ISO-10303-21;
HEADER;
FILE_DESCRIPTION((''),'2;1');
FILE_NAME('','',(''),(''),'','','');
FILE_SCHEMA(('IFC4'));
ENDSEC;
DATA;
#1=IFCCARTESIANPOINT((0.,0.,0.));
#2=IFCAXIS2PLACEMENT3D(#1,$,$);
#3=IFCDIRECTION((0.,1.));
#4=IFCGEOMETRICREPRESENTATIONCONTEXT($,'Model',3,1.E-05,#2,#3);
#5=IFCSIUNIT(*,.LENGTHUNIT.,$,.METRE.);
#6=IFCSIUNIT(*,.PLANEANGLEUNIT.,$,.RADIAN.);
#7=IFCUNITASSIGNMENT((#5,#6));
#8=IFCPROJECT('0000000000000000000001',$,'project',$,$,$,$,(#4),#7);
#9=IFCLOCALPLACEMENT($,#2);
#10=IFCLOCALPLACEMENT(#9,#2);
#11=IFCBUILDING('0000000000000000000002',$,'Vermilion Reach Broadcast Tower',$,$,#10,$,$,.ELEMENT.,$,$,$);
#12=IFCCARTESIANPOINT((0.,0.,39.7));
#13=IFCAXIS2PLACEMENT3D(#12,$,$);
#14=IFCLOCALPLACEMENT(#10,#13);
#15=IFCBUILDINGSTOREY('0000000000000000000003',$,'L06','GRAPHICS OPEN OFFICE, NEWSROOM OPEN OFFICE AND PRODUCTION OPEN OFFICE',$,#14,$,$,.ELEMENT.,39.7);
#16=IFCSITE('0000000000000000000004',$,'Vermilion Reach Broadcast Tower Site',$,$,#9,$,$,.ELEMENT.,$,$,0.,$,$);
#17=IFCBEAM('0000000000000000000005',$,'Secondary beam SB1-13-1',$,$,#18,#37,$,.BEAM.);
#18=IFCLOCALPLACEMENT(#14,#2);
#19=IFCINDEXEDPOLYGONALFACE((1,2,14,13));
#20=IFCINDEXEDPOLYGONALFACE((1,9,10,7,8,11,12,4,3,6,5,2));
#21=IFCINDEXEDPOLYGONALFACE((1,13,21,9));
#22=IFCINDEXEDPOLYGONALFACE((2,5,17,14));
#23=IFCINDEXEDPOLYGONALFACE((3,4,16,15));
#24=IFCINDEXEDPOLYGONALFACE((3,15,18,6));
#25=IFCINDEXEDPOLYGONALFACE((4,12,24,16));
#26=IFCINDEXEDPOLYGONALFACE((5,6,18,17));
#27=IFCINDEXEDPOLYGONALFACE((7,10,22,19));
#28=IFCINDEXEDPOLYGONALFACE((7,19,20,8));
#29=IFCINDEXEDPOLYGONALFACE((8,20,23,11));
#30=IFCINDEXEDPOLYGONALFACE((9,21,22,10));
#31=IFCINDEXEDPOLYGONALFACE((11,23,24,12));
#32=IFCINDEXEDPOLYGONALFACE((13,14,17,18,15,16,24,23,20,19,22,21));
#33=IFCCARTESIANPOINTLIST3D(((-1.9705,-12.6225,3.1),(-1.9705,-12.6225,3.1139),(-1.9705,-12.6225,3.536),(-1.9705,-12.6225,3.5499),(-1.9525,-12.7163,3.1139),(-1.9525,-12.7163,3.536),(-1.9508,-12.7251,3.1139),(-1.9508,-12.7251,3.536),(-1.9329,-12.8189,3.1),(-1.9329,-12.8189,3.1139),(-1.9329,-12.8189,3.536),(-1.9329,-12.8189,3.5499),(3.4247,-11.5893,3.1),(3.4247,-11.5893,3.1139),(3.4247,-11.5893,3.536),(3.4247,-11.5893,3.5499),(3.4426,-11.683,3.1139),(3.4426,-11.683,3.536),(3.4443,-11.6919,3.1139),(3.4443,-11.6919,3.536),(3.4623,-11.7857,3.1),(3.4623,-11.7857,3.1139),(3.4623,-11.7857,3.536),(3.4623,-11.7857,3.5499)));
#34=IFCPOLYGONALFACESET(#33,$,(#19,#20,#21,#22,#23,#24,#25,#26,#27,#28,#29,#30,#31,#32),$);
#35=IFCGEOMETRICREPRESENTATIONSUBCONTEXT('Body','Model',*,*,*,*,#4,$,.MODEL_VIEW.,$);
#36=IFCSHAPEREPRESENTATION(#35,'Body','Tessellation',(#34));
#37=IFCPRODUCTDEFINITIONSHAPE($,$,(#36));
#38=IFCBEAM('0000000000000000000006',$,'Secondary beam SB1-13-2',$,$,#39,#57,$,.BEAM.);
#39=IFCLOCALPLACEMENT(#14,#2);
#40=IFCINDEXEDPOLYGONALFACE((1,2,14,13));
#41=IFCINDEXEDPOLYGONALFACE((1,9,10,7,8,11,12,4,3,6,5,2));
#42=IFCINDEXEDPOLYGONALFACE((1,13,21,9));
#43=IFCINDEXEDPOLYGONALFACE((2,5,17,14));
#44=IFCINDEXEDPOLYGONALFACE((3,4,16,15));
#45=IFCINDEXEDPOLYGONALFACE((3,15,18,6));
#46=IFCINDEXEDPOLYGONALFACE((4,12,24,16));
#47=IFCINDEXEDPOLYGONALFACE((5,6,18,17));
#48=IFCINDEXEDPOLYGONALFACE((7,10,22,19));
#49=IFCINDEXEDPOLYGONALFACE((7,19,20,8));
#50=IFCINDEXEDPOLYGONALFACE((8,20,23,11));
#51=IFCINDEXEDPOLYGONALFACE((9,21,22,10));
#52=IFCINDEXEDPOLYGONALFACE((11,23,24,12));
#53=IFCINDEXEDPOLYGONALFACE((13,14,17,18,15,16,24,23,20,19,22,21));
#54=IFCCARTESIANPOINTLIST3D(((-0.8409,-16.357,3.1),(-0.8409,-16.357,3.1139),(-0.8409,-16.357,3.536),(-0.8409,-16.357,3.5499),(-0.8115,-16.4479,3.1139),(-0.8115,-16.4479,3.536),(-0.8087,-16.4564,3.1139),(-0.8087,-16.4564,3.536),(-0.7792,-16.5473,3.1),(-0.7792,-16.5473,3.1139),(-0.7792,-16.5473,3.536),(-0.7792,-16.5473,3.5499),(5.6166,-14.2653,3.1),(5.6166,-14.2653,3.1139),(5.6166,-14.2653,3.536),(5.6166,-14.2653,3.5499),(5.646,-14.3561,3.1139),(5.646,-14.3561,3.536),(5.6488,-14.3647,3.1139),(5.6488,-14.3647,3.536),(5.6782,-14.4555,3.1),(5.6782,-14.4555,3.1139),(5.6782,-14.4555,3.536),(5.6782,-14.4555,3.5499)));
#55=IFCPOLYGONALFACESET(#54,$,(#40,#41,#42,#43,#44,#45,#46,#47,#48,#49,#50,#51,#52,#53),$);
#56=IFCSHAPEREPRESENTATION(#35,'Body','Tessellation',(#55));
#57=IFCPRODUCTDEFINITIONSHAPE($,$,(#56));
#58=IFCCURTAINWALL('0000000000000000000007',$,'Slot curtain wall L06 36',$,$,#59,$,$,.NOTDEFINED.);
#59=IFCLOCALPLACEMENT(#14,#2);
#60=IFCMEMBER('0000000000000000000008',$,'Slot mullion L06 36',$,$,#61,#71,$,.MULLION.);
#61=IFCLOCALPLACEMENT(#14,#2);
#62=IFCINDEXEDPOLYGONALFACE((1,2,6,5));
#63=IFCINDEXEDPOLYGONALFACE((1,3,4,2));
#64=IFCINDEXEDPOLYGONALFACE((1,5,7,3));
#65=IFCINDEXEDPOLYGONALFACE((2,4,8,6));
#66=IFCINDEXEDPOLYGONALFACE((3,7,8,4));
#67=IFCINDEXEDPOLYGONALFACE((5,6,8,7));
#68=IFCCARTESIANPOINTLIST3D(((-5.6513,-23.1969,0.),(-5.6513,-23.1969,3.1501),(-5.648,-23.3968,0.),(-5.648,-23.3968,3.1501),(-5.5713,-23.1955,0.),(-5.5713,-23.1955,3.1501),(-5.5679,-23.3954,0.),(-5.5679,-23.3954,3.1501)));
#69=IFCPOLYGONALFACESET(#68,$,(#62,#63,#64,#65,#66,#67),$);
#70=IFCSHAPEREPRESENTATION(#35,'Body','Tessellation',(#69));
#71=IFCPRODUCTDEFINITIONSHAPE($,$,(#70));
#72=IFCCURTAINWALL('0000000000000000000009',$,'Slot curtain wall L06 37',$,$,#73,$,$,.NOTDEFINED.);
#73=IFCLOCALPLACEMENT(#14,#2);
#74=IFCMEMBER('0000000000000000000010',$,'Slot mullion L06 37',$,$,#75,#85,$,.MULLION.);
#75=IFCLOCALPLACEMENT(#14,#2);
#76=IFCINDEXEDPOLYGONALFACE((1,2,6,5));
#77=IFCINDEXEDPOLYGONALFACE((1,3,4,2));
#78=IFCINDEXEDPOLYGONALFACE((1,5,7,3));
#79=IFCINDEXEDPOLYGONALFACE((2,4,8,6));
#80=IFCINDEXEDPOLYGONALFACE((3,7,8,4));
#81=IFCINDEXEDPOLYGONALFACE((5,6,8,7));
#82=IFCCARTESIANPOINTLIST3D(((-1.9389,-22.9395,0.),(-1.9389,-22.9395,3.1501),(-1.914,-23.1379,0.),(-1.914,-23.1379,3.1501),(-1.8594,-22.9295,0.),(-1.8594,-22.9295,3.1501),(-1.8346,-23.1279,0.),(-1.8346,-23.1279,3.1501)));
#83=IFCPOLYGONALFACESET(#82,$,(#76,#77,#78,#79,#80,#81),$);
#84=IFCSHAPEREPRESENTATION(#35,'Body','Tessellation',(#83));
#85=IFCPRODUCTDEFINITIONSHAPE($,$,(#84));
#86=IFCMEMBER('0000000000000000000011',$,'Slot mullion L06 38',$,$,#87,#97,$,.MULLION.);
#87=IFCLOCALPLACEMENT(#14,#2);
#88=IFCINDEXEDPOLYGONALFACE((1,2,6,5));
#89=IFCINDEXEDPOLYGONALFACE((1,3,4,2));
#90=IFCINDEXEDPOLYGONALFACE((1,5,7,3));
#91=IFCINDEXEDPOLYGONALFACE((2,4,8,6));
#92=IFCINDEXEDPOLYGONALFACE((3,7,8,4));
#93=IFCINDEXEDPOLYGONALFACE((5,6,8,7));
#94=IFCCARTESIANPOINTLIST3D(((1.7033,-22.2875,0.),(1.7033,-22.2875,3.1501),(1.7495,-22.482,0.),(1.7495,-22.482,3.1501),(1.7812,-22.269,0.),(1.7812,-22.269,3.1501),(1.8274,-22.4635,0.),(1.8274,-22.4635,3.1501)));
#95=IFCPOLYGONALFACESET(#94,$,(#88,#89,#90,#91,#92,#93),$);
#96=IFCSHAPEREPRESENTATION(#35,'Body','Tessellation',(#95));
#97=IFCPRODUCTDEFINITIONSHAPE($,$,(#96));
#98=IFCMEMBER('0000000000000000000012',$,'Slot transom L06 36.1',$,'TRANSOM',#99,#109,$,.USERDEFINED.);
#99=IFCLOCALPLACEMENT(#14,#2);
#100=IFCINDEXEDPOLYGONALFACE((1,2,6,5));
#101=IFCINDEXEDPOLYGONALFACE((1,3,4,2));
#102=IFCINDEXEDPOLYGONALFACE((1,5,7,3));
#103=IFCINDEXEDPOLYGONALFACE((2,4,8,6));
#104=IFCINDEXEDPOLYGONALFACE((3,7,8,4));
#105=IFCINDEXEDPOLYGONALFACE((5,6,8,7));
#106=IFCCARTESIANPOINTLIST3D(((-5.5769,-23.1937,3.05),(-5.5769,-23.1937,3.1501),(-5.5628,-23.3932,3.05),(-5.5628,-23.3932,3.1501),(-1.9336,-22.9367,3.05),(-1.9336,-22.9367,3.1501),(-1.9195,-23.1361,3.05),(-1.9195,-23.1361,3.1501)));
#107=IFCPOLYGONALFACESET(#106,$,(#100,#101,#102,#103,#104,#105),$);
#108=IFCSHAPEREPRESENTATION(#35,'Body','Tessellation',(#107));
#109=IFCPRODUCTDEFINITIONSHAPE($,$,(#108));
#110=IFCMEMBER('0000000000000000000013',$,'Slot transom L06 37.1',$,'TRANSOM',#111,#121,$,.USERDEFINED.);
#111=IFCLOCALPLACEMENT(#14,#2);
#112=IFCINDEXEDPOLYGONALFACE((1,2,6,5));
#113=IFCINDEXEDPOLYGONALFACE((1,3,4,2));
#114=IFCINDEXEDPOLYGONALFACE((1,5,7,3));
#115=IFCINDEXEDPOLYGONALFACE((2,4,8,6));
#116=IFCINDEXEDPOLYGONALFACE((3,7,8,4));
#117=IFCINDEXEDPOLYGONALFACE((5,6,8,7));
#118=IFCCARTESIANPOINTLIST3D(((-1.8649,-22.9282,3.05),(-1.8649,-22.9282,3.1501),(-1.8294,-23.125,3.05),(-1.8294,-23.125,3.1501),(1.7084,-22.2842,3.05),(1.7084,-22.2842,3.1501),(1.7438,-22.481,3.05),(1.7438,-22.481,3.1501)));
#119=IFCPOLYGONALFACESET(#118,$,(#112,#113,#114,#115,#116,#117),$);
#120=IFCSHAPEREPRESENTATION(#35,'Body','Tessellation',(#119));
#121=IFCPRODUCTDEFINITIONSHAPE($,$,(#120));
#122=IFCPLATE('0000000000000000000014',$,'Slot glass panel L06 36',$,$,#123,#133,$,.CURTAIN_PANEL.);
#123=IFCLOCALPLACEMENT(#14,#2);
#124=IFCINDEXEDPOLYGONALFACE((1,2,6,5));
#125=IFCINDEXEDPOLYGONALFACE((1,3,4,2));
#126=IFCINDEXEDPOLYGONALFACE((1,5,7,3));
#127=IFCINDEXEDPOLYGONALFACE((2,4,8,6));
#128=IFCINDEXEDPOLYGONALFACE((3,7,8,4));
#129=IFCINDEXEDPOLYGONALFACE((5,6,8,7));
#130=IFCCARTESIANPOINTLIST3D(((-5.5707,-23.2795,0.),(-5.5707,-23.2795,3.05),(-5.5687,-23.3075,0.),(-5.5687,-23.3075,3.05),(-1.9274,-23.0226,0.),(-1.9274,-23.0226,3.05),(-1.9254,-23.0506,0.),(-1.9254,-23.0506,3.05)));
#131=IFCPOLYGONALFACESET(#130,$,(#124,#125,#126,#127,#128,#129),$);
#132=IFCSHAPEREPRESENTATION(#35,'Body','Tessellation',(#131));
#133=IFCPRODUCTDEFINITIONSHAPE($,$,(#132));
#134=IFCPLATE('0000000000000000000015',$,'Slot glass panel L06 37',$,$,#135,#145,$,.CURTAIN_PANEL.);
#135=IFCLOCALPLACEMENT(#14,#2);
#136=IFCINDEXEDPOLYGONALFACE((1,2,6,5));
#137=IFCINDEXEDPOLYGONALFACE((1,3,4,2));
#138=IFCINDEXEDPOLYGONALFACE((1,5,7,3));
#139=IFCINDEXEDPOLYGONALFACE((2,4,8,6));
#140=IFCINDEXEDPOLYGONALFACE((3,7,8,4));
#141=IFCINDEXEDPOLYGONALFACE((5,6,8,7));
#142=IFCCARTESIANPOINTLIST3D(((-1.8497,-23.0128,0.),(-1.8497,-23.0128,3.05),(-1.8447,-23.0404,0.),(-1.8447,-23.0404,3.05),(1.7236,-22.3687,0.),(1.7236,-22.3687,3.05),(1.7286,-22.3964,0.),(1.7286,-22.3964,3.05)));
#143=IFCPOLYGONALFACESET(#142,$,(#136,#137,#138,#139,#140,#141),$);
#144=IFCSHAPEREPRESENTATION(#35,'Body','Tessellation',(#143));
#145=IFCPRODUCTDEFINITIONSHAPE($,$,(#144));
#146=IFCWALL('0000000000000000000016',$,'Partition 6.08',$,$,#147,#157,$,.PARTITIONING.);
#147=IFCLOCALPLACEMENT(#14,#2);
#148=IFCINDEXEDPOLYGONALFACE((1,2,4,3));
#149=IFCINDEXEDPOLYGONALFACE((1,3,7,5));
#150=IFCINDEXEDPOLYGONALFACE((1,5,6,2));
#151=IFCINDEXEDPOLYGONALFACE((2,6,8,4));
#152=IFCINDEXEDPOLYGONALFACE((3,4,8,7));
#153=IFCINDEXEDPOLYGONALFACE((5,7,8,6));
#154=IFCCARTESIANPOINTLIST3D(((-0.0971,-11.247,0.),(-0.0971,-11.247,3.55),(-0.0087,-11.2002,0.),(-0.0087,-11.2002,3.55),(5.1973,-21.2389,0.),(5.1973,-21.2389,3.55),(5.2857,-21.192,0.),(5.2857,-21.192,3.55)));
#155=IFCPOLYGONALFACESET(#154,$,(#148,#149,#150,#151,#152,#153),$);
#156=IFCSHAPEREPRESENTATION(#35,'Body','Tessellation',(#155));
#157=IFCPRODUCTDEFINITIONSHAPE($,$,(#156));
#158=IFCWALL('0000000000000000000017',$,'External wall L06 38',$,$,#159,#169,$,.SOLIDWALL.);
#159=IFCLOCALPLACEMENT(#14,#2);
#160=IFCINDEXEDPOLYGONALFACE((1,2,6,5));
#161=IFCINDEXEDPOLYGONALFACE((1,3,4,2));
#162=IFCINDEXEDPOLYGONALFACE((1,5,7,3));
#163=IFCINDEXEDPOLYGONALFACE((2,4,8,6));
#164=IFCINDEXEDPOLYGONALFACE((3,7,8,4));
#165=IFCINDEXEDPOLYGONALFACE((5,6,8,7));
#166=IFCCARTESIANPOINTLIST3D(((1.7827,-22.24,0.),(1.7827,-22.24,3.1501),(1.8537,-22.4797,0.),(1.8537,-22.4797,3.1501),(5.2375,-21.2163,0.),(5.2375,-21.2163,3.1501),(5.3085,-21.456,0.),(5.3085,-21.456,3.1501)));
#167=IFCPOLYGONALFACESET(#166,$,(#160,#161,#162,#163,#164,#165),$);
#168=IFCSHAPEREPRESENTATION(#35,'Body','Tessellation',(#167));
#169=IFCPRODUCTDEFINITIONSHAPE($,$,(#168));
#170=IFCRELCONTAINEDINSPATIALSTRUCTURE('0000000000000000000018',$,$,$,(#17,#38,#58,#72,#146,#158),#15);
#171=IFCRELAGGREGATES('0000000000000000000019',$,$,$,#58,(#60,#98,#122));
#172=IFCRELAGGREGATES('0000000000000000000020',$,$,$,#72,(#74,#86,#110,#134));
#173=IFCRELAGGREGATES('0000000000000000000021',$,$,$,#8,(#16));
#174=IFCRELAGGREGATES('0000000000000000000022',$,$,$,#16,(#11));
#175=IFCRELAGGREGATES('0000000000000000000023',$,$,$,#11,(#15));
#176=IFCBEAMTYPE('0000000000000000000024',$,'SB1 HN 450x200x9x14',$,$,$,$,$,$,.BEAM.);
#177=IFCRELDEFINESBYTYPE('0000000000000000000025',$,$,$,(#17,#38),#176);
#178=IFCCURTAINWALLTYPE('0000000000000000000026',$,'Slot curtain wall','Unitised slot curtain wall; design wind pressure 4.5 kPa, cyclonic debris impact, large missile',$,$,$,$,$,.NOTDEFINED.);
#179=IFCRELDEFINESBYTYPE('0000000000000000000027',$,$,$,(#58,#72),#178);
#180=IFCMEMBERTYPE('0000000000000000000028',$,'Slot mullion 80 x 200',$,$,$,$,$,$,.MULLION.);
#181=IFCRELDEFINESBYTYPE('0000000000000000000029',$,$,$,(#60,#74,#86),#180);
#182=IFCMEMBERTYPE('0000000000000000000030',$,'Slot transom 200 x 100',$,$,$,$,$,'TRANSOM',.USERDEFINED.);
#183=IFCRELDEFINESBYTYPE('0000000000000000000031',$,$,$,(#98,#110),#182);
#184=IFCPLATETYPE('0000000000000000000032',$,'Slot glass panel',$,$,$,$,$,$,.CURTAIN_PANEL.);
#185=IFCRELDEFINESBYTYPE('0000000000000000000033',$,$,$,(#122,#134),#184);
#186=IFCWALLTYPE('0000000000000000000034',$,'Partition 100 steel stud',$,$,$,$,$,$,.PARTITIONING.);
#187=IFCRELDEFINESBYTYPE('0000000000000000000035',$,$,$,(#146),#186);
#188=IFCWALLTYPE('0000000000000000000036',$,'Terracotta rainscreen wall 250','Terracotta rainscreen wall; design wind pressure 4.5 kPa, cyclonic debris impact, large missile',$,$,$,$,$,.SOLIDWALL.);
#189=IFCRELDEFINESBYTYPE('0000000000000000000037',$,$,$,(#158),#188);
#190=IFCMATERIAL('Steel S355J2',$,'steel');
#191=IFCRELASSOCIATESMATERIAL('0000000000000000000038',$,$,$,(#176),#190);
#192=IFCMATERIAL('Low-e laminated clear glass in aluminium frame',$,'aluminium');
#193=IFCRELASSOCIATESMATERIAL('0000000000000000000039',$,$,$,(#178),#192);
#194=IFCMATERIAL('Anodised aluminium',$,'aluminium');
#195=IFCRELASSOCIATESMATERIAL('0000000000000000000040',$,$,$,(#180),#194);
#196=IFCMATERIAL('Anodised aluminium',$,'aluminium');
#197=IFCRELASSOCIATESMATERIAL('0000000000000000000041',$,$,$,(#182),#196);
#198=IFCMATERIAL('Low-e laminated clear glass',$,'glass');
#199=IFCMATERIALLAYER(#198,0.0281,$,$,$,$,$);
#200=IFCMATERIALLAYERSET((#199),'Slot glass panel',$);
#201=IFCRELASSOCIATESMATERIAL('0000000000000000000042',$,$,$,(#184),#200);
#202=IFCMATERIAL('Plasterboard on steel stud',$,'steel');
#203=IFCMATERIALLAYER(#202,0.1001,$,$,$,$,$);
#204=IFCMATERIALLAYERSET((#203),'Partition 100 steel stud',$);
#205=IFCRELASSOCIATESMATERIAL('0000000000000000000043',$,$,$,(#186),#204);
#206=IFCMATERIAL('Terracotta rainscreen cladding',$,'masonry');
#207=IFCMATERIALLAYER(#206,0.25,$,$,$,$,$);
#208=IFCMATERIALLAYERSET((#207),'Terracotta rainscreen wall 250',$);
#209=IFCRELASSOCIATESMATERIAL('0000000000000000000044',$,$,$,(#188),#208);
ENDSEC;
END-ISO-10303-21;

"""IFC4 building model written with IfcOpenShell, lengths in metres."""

from ifc_helpers import new_model, si_unit, direction, frame, frame_2d, origin, origin_2d, place, context, subcontext, project, spatial, rectangle, i_section, extrude, material, layer, layer_set, material_profile, profile_set, type_object, element, aggregate, save


model = new_model("IFC4")

# Units and contexts
model_context = context("Model", 3, precision=1e-05, world=origin(), true_north=direction((0.0, 1.0)))
body_context = subcontext(model_context, "Body", "Model", "MODEL_VIEW")
ifc_project = project(units=[si_unit("LENGTHUNIT", "METRE"), si_unit("PLANEANGLEUNIT", "RADIAN")], contexts=[model_context])

# Site, building, storey
site_placement = place(None, origin())
site = spatial("IfcSite", under=ifc_project, at=site_placement, Name="Vermilion Reach Broadcast Tower Site", CompositionType="ELEMENT", RefElevation=0.0)
building_placement = place(site_placement, origin())
building = spatial("IfcBuilding", under=site, at=building_placement, Name="Vermilion Reach Broadcast Tower", CompositionType="ELEMENT")
storey_placement = place(building_placement, frame((0.0, 0.0, 39.7)))
storey = spatial("IfcBuildingStorey", under=building, at=storey_placement, Name="L06", Description="GRAPHICS OPEN OFFICE, NEWSROOM OPEN OFFICE AND PRODUCTION OPEN OFFICE", CompositionType="ELEMENT", Elevation=39.7)

# Beams
ifc_material_1 = material(Name="Steel S355J2", Category="steel")
ifc_material_profile_1 = material_profile(ifc_material_1, i_section(OverallWidth=0.2, OverallDepth=0.45, WebThickness=0.009, FlangeThickness=0.0139, at=origin_2d()), Name="S355J2 HN 450x200x9x14")
ifc_profile_set_1 = profile_set([ifc_material_profile_1], Name="Steel S355J2")
beam_type_1 = type_object("IfcBeamType", Name="SB1 HN 450x200x9x14", PredefinedType="BEAM", material=ifc_profile_set_1)
beam_1_placement = place(storey_placement, frame((-1.9517, -12.7207, 3.325), z_axis=(0.982151, 0.188092, 0.0), x_axis=(-0.188092, 0.982151, 0.0)))
element("IfcBeam", 1, at=beam_1_placement, inside=storey, type_object=beam_type_1, Name="Secondary beam SB1-13-1", PredefinedType="BEAM", context=body_context, shape_type="SweptSolid", body=[
    extrude(i_section(OverallWidth=0.2, OverallDepth=0.45, WebThickness=0.009, FlangeThickness=0.0139, at=origin_2d()), origin(), (0.0, 0.0, 1.0), 5.4932),
])
beam_2_placement = place(storey_placement, frame((-0.8101, -16.4521, 3.325), z_axis=(0.951332, 0.308167, 0.0), x_axis=(-0.308167, 0.951332, 0.0)))
element("IfcBeam", 2, at=beam_2_placement, inside=storey, type_object=beam_type_1, Name="Secondary beam SB1-13-2", PredefinedType="BEAM", context=body_context, shape_type="SweptSolid", body=[
    extrude(i_section(OverallWidth=0.2, OverallDepth=0.45, WebThickness=0.009, FlangeThickness=0.0139, at=origin_2d()), origin(), (0.0, 0.0, 1.0), 6.7878),
])

# Curtain wall, member
ifc_material_2 = material(Name="Low-e laminated clear glass in aluminium frame", Category="aluminium")
curtain_wall_type = type_object("IfcCurtainWallType", Name="Slot curtain wall", Description="Unitised slot curtain wall; design wind pressure 4.5 kPa, cyclonic debris impact, large missile", PredefinedType="NOTDEFINED", material=ifc_material_2)
placement = place(storey_placement, origin())
curtain_wall_1 = element("IfcCurtainWall", 3, at=placement, inside=storey, type_object=curtain_wall_type, Name="Slot curtain wall L06 36", PredefinedType="NOTDEFINED")
ifc_material_3 = material(Name="Anodised aluminium", Category="aluminium")
ifc_material_profile_2 = material_profile(ifc_material_3, rectangle(XDim=0.2, YDim=0.0801, at=origin_2d()), Name="Slot mullion 80 x 200")
ifc_profile_set_2 = profile_set([ifc_material_profile_2], Name="Anodised aluminium")
member_type_1 = type_object("IfcMemberType", Name="Slot mullion 80 x 200", PredefinedType="MULLION", material=ifc_profile_set_2)
member_1_placement = place(storey_placement, frame((-5.6096, -23.2961, 0.0), z_axis=(0.0, 0.0, 1.0), x_axis=(-0.016754, 0.99986, 0.0)))
member_1 = element("IfcMember", 4, at=member_1_placement, type_object=member_type_1, Name="Slot mullion L06 36", PredefinedType="MULLION", context=body_context, shape_type="SweptSolid", body=[
    extrude(rectangle(XDim=0.2, YDim=0.0801, at=origin_2d()), origin(), (0.0, 0.0, 1.0), 3.1501),
])

# Curtain wall, members
curtain_wall_2 = element("IfcCurtainWall", 5, at=placement, inside=storey, type_object=curtain_wall_type, Name="Slot curtain wall L06 37", PredefinedType="NOTDEFINED")
member_2_placement = place(storey_placement, frame((-1.8867, -23.0337, 0.0), z_axis=(0.0, 0.0, 1.0), x_axis=(-0.124051, 0.992276, 0.0)))
member_2 = element("IfcMember", 6, at=member_2_placement, type_object=member_type_1, Name="Slot mullion L06 37", PredefinedType="MULLION", context=body_context, shape_type="SweptSolid", body=[
    extrude(rectangle(XDim=0.2, YDim=0.0801, at=origin_2d()), origin(), (0.0, 0.0, 1.0), 3.1501),
])
member_3_placement = place(storey_placement, frame((1.7654, -22.3755, 0.0), z_axis=(0.0, 0.0, 1.0), x_axis=(-0.231086, 0.972933, 0.0)))
member_3 = element("IfcMember", 7, at=member_3_placement, type_object=member_type_1, Name="Slot mullion L06 38", PredefinedType="MULLION", context=body_context, shape_type="SweptSolid", body=[
    extrude(rectangle(XDim=0.2, YDim=0.0801, at=origin_2d()), origin(), (0.0, 0.0, 1.0), 3.1501),
])

# Members
ifc_material_4 = material(Name="Anodised aluminium", Category="aluminium")
ifc_material_profile_3 = material_profile(ifc_material_4, rectangle(XDim=0.2, YDim=0.1001, at=origin_2d()), Name="Slot transom 200 x 100")
ifc_profile_set_3 = profile_set([ifc_material_profile_3], Name="Anodised aluminium")
member_type_2 = type_object("IfcMemberType", Name="Slot transom 200 x 100", ElementType="TRANSOM", PredefinedType="USERDEFINED", material=ifc_profile_set_3)
member_4_placement = place(storey_placement, frame((-5.5698, -23.2935, 3.1001), z_axis=(0.99752, 0.070387, 0.0), x_axis=(-0.070387, 0.99752, 0.0)))
member_4 = element("IfcMember", 8, at=member_4_placement, type_object=member_type_2, Name="Slot transom L06 36.1", ObjectType="TRANSOM", PredefinedType="USERDEFINED", context=body_context, shape_type="SweptSolid", body=[
    extrude(rectangle(XDim=0.2, YDim=0.1001, at=origin_2d()), origin(), (0.0, 0.0, 1.0), 3.6523),
])
member_5_placement = place(storey_placement, frame((-1.8472, -23.0266, 3.1001), z_axis=(0.984142, 0.177382, 0.0), x_axis=(-0.177382, 0.984142, 0.0)))
member_5 = element("IfcMember", 9, at=member_5_placement, type_object=member_type_2, Name="Slot transom L06 37.1", ObjectType="TRANSOM", PredefinedType="USERDEFINED", context=body_context, shape_type="SweptSolid", body=[
    extrude(rectangle(XDim=0.2, YDim=0.1001, at=origin_2d()), origin(), (0.0, 0.0, 1.0), 3.6309),
])

# Plates
ifc_material_5 = material(Name="Low-e laminated clear glass", Category="glass")
ifc_layer_1 = layer(ifc_material_5, 0.0281)
ifc_layer_set_1 = layer_set([ifc_layer_1], Name="Slot glass panel")
plate_type = type_object("IfcPlateType", Name="Slot glass panel", PredefinedType="CURTAIN_PANEL", material=ifc_layer_set_1)
plate_1_placement = place(storey_placement, frame((-3.748, -23.165, 0.0), z_axis=(0.0, 0.0, 1.0), x_axis=(0.997522, 0.070354, 0.0)))
plate_1 = element("IfcPlate", 10, at=plate_1_placement, type_object=plate_type, Name="Slot glass panel L06 36", PredefinedType="CURTAIN_PANEL", context=body_context, shape_type="SweptSolid", body=[
    extrude(rectangle(XDim=3.6523, YDim=0.0281, at=origin_2d()), origin(), (0.0, 0.0, 1.0), 3.05),
])
aggregate(curtain_wall_1, [member_1, member_4, plate_1])
plate_2_placement = place(storey_placement, frame((-0.0605, -22.7046, 0.0), z_axis=(0.0, 0.0, 1.0), x_axis=(0.984141, 0.177386, 0.0)))
plate_2 = element("IfcPlate", 11, at=plate_2_placement, type_object=plate_type, Name="Slot glass panel L06 37", PredefinedType="CURTAIN_PANEL", context=body_context, shape_type="SweptSolid", body=[
    extrude(rectangle(XDim=3.6309, YDim=0.0281, at=origin_2d()), origin(), (0.0, 0.0, 1.0), 3.05),
])
aggregate(curtain_wall_2, [member_2, member_3, member_5, plate_2])

# Walls
ifc_material_6 = material(Name="Plasterboard on steel stud", Category="steel")
ifc_layer_2 = layer(ifc_material_6, 0.1001)
ifc_layer_set_2 = layer_set([ifc_layer_2], Name="Partition 100 steel stud")
wall_type_1 = type_object("IfcWallType", Name="Partition 100 steel stud", PredefinedType="PARTITIONING", material=ifc_layer_set_2)
wall_1_placement = place(storey_placement, frame((5.2415, -21.2153, 0.0), z_axis=(0.0, 0.0, 1.0), x_axis=(-0.468204, 0.88362, 0.0)))
element("IfcWall", 12, at=wall_1_placement, inside=storey, type_object=wall_type_1, Name="Partition 6.08", PredefinedType="PARTITIONING", context=body_context, shape_type="SweptSolid", body=[
    extrude(rectangle(XDim=11.3079, YDim=0.1001, at=frame_2d((5.6538, 0.0))), origin(), (0.0, 0.0, 1.0), 3.55),
])
ifc_material_7 = material(Name="Terracotta rainscreen cladding", Category="masonry")
ifc_layer_3 = layer(ifc_material_7, 0.25)
ifc_layer_set_3 = layer_set([ifc_layer_3], Name="Terracotta rainscreen wall 250")
wall_type_2 = type_object("IfcWallType", Name="Terracotta rainscreen wall 250", Description="Terracotta rainscreen wall; design wind pressure 4.5 kPa, cyclonic debris impact, large missile", PredefinedType="SOLIDWALL", material=ifc_layer_set_3)
wall_2_placement = place(storey_placement, frame((1.8181, -22.3599, 0.0), z_axis=(0.0, 0.0, 1.0), x_axis=(0.958796, 0.284095, 0.0)))
element("IfcWall", 13, at=wall_2_placement, inside=storey, type_object=wall_type_2, Name="External wall L06 38", PredefinedType="SOLIDWALL", context=body_context, shape_type="SweptSolid", body=[
    extrude(rectangle(XDim=3.6033, YDim=0.25, at=frame_2d((1.8018, 0.0))), origin(), (0.0, 0.0, 1.0), 3.1501),
])

save(model, "model.ifc")
